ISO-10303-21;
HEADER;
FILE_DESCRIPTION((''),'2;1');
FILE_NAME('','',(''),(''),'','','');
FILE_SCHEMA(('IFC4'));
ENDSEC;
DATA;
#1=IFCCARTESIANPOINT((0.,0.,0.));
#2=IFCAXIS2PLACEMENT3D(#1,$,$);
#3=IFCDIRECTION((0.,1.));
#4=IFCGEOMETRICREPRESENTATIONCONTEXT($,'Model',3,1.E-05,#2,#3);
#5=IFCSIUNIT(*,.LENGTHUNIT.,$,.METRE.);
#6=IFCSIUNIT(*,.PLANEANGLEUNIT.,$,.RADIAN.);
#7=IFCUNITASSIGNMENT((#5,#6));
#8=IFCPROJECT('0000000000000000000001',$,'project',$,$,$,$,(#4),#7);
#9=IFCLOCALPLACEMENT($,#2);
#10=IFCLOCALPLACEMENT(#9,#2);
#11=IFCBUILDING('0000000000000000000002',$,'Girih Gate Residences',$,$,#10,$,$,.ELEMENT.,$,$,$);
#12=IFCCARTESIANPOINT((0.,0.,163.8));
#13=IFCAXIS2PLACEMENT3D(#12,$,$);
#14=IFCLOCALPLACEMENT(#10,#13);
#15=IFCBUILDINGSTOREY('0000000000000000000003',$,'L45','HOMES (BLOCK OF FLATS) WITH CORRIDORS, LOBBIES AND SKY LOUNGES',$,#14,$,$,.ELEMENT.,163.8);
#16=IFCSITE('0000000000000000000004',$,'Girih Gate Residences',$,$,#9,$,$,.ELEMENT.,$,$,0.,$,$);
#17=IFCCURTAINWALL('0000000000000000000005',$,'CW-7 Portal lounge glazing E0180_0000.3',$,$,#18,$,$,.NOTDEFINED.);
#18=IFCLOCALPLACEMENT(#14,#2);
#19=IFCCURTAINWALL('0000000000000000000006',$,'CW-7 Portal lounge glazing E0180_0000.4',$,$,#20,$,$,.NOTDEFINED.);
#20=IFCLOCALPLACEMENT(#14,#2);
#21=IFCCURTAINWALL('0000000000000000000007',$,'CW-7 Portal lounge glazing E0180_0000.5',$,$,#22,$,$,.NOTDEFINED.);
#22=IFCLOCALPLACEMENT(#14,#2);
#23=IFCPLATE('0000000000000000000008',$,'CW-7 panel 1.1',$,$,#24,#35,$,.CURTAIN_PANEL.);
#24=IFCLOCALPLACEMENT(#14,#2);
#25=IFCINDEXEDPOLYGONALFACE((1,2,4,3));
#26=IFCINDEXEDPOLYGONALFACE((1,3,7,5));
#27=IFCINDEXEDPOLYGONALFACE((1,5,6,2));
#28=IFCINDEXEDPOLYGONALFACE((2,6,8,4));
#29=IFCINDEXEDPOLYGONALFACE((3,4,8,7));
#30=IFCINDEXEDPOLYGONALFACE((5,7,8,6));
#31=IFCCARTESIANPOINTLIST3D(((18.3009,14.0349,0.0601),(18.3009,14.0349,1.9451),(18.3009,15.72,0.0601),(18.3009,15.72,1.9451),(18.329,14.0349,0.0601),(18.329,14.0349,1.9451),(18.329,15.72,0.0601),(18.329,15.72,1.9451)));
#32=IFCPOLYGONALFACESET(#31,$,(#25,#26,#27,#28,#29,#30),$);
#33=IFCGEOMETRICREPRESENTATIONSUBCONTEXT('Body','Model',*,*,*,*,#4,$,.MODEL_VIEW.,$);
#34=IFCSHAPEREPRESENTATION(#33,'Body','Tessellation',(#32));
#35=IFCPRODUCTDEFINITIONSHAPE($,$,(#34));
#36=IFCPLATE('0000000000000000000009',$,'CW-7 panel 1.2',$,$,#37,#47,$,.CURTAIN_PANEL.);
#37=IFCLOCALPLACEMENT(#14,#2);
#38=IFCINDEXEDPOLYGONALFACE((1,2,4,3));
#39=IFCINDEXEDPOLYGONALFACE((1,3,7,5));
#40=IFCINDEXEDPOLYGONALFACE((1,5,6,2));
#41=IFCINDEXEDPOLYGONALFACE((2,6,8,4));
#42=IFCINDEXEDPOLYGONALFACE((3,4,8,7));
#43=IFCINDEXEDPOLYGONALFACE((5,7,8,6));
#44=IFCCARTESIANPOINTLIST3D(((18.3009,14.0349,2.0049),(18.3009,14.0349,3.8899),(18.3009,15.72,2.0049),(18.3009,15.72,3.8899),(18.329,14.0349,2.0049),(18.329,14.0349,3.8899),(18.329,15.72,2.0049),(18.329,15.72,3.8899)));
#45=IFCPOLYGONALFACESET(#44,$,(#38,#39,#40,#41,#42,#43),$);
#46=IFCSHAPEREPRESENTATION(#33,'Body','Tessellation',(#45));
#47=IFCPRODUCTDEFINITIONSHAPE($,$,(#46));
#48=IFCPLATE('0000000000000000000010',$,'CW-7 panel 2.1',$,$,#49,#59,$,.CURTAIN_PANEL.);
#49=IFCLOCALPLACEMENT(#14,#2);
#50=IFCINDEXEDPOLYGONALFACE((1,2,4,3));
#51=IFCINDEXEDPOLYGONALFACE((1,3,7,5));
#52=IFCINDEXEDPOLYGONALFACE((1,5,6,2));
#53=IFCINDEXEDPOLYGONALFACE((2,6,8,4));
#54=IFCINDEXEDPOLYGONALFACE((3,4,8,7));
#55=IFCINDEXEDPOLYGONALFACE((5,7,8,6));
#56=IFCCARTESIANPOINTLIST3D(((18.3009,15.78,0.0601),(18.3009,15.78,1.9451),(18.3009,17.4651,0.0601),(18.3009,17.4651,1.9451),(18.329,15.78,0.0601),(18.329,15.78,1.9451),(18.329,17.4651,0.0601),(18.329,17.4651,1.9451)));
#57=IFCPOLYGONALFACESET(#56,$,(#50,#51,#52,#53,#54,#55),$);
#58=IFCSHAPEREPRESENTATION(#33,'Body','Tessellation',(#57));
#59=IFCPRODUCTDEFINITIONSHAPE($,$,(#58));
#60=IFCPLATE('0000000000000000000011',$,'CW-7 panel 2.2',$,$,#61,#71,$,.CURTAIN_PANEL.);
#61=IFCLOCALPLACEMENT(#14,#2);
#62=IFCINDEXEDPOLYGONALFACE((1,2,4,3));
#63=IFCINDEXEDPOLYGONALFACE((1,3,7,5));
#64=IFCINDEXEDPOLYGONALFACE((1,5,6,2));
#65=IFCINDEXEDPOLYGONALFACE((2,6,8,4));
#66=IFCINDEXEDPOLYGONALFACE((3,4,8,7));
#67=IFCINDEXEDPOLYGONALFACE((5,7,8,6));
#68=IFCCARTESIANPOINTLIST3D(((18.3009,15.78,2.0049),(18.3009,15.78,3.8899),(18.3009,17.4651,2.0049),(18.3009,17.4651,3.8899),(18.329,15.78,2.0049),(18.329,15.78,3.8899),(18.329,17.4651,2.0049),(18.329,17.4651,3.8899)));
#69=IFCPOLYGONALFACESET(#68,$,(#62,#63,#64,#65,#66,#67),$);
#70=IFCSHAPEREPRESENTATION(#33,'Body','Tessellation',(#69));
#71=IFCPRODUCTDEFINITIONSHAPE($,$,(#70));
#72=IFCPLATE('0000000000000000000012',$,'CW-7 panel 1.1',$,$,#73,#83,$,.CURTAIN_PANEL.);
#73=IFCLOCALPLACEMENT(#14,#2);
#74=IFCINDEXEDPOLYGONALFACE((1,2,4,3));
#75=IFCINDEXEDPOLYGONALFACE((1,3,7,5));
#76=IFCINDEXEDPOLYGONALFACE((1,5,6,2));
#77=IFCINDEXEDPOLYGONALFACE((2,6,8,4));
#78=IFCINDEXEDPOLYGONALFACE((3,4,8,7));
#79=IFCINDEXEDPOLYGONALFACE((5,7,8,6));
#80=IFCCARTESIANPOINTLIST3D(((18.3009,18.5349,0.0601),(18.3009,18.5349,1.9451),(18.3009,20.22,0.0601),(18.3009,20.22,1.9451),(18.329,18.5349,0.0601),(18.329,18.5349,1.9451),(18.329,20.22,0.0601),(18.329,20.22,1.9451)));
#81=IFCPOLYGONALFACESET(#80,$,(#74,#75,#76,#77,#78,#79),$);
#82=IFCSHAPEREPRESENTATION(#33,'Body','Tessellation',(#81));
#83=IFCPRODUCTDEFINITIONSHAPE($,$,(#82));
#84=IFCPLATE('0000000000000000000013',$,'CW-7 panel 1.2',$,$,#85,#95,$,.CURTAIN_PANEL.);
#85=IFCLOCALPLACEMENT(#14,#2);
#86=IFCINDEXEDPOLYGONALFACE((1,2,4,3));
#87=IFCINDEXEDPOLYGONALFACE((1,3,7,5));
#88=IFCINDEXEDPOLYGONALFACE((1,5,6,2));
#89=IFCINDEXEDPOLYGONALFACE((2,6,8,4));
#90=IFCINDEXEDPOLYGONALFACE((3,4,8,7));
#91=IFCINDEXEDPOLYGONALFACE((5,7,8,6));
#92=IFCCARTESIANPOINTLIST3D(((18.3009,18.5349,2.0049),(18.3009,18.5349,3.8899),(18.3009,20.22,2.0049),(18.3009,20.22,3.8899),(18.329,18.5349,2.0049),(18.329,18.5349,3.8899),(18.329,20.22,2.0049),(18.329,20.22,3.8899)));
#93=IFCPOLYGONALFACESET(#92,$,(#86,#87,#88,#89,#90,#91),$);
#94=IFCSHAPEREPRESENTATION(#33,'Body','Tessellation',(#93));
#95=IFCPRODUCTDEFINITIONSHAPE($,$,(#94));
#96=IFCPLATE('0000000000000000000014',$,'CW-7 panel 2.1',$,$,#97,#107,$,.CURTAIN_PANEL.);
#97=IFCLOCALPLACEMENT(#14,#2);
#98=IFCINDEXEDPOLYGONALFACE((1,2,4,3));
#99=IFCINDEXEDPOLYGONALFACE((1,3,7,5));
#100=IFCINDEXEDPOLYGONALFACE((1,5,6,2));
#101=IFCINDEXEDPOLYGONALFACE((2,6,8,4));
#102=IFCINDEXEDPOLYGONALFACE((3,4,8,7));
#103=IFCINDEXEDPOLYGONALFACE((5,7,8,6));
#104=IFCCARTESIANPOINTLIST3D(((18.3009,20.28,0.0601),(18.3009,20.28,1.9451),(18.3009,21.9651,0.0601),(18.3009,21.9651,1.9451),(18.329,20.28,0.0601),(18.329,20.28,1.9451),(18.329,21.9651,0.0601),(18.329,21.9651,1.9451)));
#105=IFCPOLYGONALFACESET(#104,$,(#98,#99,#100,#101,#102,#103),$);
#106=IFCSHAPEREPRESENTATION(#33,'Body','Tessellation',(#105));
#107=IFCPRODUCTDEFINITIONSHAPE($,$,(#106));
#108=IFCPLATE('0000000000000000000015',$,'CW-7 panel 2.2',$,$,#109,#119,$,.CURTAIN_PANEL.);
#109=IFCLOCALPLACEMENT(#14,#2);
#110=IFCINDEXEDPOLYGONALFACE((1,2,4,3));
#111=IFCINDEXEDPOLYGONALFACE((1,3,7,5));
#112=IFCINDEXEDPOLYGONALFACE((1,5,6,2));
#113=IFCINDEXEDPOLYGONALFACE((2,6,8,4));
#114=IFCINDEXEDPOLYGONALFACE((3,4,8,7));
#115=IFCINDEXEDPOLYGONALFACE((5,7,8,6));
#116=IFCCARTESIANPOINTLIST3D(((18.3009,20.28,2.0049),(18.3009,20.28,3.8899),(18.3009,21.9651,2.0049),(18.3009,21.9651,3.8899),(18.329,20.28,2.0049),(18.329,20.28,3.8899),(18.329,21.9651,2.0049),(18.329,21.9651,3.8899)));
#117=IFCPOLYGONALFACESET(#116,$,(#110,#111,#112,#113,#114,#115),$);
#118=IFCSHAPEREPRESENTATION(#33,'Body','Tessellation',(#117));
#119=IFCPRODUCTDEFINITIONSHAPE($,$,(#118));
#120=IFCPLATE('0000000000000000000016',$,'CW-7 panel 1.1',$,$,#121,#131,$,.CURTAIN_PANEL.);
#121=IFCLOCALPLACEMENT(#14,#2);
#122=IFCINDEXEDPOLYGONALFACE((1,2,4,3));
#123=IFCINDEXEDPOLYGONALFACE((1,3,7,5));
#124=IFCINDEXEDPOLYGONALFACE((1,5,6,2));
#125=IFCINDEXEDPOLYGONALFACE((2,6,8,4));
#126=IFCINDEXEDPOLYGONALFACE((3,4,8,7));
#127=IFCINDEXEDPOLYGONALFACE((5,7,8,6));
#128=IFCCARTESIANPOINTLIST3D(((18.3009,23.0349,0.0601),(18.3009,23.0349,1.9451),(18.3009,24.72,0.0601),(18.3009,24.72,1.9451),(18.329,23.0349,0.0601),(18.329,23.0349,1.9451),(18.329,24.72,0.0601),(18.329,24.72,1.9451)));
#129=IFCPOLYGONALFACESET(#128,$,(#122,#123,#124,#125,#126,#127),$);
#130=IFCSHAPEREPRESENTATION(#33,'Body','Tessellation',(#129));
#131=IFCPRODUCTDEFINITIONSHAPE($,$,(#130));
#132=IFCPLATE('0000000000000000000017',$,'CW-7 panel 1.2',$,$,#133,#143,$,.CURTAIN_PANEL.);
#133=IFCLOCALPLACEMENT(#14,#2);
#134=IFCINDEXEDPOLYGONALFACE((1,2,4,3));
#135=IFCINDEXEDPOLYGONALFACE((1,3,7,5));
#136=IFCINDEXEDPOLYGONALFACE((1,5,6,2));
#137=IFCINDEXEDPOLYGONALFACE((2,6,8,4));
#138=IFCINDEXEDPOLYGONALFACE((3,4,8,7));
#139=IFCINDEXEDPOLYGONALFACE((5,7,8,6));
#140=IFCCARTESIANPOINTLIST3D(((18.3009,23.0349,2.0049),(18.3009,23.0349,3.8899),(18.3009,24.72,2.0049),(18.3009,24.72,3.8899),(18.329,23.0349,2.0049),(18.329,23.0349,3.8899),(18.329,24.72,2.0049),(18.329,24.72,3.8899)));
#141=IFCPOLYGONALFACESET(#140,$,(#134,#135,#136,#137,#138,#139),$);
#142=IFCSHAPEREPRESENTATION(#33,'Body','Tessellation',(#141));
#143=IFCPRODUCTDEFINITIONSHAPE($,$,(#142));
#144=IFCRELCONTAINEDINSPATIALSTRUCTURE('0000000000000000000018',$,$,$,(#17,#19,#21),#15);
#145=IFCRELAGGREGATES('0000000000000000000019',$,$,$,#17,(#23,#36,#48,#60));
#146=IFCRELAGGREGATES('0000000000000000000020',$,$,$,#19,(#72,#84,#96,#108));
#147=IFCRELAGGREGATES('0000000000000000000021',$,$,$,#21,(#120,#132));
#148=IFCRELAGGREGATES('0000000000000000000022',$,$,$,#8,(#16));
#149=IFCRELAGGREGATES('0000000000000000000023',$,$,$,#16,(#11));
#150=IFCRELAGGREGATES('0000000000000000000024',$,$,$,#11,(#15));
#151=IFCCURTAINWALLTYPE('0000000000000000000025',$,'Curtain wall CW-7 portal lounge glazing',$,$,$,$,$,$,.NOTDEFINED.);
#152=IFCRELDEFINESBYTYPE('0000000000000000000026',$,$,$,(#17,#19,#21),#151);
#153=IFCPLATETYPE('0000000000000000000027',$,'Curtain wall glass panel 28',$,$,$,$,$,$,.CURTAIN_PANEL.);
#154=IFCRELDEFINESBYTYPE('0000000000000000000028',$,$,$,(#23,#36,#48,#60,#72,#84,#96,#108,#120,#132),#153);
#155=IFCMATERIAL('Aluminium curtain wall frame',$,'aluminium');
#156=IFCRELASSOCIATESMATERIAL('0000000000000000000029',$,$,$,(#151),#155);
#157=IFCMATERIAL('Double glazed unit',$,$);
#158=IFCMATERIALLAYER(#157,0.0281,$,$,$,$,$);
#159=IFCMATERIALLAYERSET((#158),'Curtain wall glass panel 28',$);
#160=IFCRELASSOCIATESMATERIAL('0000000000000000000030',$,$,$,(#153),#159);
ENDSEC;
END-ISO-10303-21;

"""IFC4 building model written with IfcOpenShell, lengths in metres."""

from ifc_helpers import new_model, si_unit, direction, frame, origin, origin_2d, place, context, subcontext, project, spatial, rectangle, extrude, material, layer, layer_set, type_object, element, aggregate, save


model = new_model("IFC4")

# Units and contexts
model_context = context("Model", 3, precision=1e-05, world=origin(), true_north=direction((0.0, 1.0)))
body_context = subcontext(model_context, "Body", "Model", "MODEL_VIEW")
ifc_project = project(units=[si_unit("LENGTHUNIT", "METRE"), si_unit("PLANEANGLEUNIT", "RADIAN")], contexts=[model_context])

# Site, building, storey
site_placement = place(None, origin())
site = spatial("IfcSite", under=ifc_project, at=site_placement, Name="Girih Gate Residences", CompositionType="ELEMENT", RefElevation=0.0)
building_placement = place(site_placement, origin())
building = spatial("IfcBuilding", under=site, at=building_placement, Name="Girih Gate Residences", CompositionType="ELEMENT")
storey_placement = place(building_placement, frame((0.0, 0.0, 163.8)))
storey = spatial("IfcBuildingStorey", under=building, at=storey_placement, Name="L45", Description="HOMES (BLOCK OF FLATS) WITH CORRIDORS, LOBBIES AND SKY LOUNGES", CompositionType="ELEMENT", Elevation=163.8)

# Curtain walls
ifc_material_1 = material(Name="Aluminium curtain wall frame", Category="aluminium")
curtain_wall_type = type_object("IfcCurtainWallType", Name="Curtain wall CW-7 portal lounge glazing", PredefinedType="NOTDEFINED", material=ifc_material_1)
curtain_wall_1_placement = place(storey_placement, origin())
curtain_wall_1 = element("IfcCurtainWall", 1, at=curtain_wall_1_placement, inside=storey, type_object=curtain_wall_type, Name="CW-7 Portal lounge glazing E0180_0000.3", PredefinedType="NOTDEFINED")
curtain_wall_2_placement = place(storey_placement, origin())
curtain_wall_2 = element("IfcCurtainWall", 2, at=curtain_wall_2_placement, inside=storey, type_object=curtain_wall_type, Name="CW-7 Portal lounge glazing E0180_0000.4", PredefinedType="NOTDEFINED")
curtain_wall_3_placement = place(storey_placement, origin())
curtain_wall_3 = element("IfcCurtainWall", 3, at=curtain_wall_3_placement, inside=storey, type_object=curtain_wall_type, Name="CW-7 Portal lounge glazing E0180_0000.5", PredefinedType="NOTDEFINED")

# Plates
ifc_material_2 = material(Name="Double glazed unit")
ifc_layer = layer(ifc_material_2, 0.0281)
ifc_layer_set = layer_set([ifc_layer], Name="Curtain wall glass panel 28")
plate_type = type_object("IfcPlateType", Name="Curtain wall glass panel 28", PredefinedType="CURTAIN_PANEL", material=ifc_layer_set)
plate_1_placement = place(storey_placement, frame((18.3149, 14.8774, 0.0601), z_axis=(0.0, 0.0, 1.0), x_axis=(0.0, 1.0, 0.0)))
plate_1 = element("IfcPlate", 4, at=plate_1_placement, type_object=plate_type, Name="CW-7 panel 1.1", PredefinedType="CURTAIN_PANEL", context=body_context, shape_type="SweptSolid", body=[
    extrude(rectangle(XDim=1.6851, YDim=0.0281, at=origin_2d()), origin(), (0.0, 0.0, 1.0), 1.885),
])
plate_2_placement = place(storey_placement, frame((18.3149, 14.8774, 2.0049), z_axis=(0.0, 0.0, 1.0), x_axis=(0.0, 1.0, 0.0)))
plate_2 = element("IfcPlate", 5, at=plate_2_placement, type_object=plate_type, Name="CW-7 panel 1.2", PredefinedType="CURTAIN_PANEL", context=body_context, shape_type="SweptSolid", body=[
    extrude(rectangle(XDim=1.6851, YDim=0.0281, at=origin_2d()), origin(), (0.0, 0.0, 1.0), 1.885),
])
plate_3_placement = place(storey_placement, frame((18.3149, 16.6226, 0.0601), z_axis=(0.0, 0.0, 1.0), x_axis=(0.0, 1.0, 0.0)))
plate_3 = element("IfcPlate", 6, at=plate_3_placement, type_object=plate_type, Name="CW-7 panel 2.1", PredefinedType="CURTAIN_PANEL", context=body_context, shape_type="SweptSolid", body=[
    extrude(rectangle(XDim=1.6851, YDim=0.0281, at=origin_2d()), origin(), (0.0, 0.0, 1.0), 1.885),
])
plate_4_placement = place(storey_placement, frame((18.3149, 16.6226, 2.0049), z_axis=(0.0, 0.0, 1.0), x_axis=(0.0, 1.0, 0.0)))
plate_4 = element("IfcPlate", 7, at=plate_4_placement, type_object=plate_type, Name="CW-7 panel 2.2", PredefinedType="CURTAIN_PANEL", context=body_context, shape_type="SweptSolid", body=[
    extrude(rectangle(XDim=1.6851, YDim=0.0281, at=origin_2d()), origin(), (0.0, 0.0, 1.0), 1.885),
])
aggregate(curtain_wall_1, [plate_1, plate_2, plate_3, plate_4])
plate_5_placement = place(storey_placement, frame((18.3149, 19.3774, 0.0601), z_axis=(0.0, 0.0, 1.0), x_axis=(0.0, 1.0, 0.0)))
plate_5 = element("IfcPlate", 8, at=plate_5_placement, type_object=plate_type, Name="CW-7 panel 1.1", PredefinedType="CURTAIN_PANEL", context=body_context, shape_type="SweptSolid", body=[
    extrude(rectangle(XDim=1.6851, YDim=0.0281, at=origin_2d()), origin(), (0.0, 0.0, 1.0), 1.885),
])
plate_6_placement = place(storey_placement, frame((18.3149, 19.3774, 2.0049), z_axis=(0.0, 0.0, 1.0), x_axis=(0.0, 1.0, 0.0)))
plate_6 = element("IfcPlate", 9, at=plate_6_placement, type_object=plate_type, Name="CW-7 panel 1.2", PredefinedType="CURTAIN_PANEL", context=body_context, shape_type="SweptSolid", body=[
    extrude(rectangle(XDim=1.6851, YDim=0.0281, at=origin_2d()), origin(), (0.0, 0.0, 1.0), 1.885),
])
plate_7_placement = place(storey_placement, frame((18.3149, 21.1226, 0.0601), z_axis=(0.0, 0.0, 1.0), x_axis=(0.0, 1.0, 0.0)))
plate_7 = element("IfcPlate", 10, at=plate_7_placement, type_object=plate_type, Name="CW-7 panel 2.1", PredefinedType="CURTAIN_PANEL", context=body_context, shape_type="SweptSolid", body=[
    extrude(rectangle(XDim=1.6851, YDim=0.0281, at=origin_2d()), origin(), (0.0, 0.0, 1.0), 1.885),
])
plate_8_placement = place(storey_placement, frame((18.3149, 21.1226, 2.0049), z_axis=(0.0, 0.0, 1.0), x_axis=(0.0, 1.0, 0.0)))
plate_8 = element("IfcPlate", 11, at=plate_8_placement, type_object=plate_type, Name="CW-7 panel 2.2", PredefinedType="CURTAIN_PANEL", context=body_context, shape_type="SweptSolid", body=[
    extrude(rectangle(XDim=1.6851, YDim=0.0281, at=origin_2d()), origin(), (0.0, 0.0, 1.0), 1.885),
])
aggregate(curtain_wall_2, [plate_5, plate_6, plate_7, plate_8])
plate_9_placement = place(storey_placement, frame((18.3149, 23.8774, 0.0601), z_axis=(0.0, 0.0, 1.0), x_axis=(0.0, 1.0, 0.0)))
plate_9 = element("IfcPlate", 12, at=plate_9_placement, type_object=plate_type, Name="CW-7 panel 1.1", PredefinedType="CURTAIN_PANEL", context=body_context, shape_type="SweptSolid", body=[
    extrude(rectangle(XDim=1.6851, YDim=0.0281, at=origin_2d()), origin(), (0.0, 0.0, 1.0), 1.885),
])
plate_10_placement = place(storey_placement, frame((18.3149, 23.8774, 2.0049), z_axis=(0.0, 0.0, 1.0), x_axis=(0.0, 1.0, 0.0)))
plate_10 = element("IfcPlate", 13, at=plate_10_placement, type_object=plate_type, Name="CW-7 panel 1.2", PredefinedType="CURTAIN_PANEL", context=body_context, shape_type="SweptSolid", body=[
    extrude(rectangle(XDim=1.6851, YDim=0.0281, at=origin_2d()), origin(), (0.0, 0.0, 1.0), 1.885),
])
aggregate(curtain_wall_3, [plate_9, plate_10])

save(model, "model.ifc")
